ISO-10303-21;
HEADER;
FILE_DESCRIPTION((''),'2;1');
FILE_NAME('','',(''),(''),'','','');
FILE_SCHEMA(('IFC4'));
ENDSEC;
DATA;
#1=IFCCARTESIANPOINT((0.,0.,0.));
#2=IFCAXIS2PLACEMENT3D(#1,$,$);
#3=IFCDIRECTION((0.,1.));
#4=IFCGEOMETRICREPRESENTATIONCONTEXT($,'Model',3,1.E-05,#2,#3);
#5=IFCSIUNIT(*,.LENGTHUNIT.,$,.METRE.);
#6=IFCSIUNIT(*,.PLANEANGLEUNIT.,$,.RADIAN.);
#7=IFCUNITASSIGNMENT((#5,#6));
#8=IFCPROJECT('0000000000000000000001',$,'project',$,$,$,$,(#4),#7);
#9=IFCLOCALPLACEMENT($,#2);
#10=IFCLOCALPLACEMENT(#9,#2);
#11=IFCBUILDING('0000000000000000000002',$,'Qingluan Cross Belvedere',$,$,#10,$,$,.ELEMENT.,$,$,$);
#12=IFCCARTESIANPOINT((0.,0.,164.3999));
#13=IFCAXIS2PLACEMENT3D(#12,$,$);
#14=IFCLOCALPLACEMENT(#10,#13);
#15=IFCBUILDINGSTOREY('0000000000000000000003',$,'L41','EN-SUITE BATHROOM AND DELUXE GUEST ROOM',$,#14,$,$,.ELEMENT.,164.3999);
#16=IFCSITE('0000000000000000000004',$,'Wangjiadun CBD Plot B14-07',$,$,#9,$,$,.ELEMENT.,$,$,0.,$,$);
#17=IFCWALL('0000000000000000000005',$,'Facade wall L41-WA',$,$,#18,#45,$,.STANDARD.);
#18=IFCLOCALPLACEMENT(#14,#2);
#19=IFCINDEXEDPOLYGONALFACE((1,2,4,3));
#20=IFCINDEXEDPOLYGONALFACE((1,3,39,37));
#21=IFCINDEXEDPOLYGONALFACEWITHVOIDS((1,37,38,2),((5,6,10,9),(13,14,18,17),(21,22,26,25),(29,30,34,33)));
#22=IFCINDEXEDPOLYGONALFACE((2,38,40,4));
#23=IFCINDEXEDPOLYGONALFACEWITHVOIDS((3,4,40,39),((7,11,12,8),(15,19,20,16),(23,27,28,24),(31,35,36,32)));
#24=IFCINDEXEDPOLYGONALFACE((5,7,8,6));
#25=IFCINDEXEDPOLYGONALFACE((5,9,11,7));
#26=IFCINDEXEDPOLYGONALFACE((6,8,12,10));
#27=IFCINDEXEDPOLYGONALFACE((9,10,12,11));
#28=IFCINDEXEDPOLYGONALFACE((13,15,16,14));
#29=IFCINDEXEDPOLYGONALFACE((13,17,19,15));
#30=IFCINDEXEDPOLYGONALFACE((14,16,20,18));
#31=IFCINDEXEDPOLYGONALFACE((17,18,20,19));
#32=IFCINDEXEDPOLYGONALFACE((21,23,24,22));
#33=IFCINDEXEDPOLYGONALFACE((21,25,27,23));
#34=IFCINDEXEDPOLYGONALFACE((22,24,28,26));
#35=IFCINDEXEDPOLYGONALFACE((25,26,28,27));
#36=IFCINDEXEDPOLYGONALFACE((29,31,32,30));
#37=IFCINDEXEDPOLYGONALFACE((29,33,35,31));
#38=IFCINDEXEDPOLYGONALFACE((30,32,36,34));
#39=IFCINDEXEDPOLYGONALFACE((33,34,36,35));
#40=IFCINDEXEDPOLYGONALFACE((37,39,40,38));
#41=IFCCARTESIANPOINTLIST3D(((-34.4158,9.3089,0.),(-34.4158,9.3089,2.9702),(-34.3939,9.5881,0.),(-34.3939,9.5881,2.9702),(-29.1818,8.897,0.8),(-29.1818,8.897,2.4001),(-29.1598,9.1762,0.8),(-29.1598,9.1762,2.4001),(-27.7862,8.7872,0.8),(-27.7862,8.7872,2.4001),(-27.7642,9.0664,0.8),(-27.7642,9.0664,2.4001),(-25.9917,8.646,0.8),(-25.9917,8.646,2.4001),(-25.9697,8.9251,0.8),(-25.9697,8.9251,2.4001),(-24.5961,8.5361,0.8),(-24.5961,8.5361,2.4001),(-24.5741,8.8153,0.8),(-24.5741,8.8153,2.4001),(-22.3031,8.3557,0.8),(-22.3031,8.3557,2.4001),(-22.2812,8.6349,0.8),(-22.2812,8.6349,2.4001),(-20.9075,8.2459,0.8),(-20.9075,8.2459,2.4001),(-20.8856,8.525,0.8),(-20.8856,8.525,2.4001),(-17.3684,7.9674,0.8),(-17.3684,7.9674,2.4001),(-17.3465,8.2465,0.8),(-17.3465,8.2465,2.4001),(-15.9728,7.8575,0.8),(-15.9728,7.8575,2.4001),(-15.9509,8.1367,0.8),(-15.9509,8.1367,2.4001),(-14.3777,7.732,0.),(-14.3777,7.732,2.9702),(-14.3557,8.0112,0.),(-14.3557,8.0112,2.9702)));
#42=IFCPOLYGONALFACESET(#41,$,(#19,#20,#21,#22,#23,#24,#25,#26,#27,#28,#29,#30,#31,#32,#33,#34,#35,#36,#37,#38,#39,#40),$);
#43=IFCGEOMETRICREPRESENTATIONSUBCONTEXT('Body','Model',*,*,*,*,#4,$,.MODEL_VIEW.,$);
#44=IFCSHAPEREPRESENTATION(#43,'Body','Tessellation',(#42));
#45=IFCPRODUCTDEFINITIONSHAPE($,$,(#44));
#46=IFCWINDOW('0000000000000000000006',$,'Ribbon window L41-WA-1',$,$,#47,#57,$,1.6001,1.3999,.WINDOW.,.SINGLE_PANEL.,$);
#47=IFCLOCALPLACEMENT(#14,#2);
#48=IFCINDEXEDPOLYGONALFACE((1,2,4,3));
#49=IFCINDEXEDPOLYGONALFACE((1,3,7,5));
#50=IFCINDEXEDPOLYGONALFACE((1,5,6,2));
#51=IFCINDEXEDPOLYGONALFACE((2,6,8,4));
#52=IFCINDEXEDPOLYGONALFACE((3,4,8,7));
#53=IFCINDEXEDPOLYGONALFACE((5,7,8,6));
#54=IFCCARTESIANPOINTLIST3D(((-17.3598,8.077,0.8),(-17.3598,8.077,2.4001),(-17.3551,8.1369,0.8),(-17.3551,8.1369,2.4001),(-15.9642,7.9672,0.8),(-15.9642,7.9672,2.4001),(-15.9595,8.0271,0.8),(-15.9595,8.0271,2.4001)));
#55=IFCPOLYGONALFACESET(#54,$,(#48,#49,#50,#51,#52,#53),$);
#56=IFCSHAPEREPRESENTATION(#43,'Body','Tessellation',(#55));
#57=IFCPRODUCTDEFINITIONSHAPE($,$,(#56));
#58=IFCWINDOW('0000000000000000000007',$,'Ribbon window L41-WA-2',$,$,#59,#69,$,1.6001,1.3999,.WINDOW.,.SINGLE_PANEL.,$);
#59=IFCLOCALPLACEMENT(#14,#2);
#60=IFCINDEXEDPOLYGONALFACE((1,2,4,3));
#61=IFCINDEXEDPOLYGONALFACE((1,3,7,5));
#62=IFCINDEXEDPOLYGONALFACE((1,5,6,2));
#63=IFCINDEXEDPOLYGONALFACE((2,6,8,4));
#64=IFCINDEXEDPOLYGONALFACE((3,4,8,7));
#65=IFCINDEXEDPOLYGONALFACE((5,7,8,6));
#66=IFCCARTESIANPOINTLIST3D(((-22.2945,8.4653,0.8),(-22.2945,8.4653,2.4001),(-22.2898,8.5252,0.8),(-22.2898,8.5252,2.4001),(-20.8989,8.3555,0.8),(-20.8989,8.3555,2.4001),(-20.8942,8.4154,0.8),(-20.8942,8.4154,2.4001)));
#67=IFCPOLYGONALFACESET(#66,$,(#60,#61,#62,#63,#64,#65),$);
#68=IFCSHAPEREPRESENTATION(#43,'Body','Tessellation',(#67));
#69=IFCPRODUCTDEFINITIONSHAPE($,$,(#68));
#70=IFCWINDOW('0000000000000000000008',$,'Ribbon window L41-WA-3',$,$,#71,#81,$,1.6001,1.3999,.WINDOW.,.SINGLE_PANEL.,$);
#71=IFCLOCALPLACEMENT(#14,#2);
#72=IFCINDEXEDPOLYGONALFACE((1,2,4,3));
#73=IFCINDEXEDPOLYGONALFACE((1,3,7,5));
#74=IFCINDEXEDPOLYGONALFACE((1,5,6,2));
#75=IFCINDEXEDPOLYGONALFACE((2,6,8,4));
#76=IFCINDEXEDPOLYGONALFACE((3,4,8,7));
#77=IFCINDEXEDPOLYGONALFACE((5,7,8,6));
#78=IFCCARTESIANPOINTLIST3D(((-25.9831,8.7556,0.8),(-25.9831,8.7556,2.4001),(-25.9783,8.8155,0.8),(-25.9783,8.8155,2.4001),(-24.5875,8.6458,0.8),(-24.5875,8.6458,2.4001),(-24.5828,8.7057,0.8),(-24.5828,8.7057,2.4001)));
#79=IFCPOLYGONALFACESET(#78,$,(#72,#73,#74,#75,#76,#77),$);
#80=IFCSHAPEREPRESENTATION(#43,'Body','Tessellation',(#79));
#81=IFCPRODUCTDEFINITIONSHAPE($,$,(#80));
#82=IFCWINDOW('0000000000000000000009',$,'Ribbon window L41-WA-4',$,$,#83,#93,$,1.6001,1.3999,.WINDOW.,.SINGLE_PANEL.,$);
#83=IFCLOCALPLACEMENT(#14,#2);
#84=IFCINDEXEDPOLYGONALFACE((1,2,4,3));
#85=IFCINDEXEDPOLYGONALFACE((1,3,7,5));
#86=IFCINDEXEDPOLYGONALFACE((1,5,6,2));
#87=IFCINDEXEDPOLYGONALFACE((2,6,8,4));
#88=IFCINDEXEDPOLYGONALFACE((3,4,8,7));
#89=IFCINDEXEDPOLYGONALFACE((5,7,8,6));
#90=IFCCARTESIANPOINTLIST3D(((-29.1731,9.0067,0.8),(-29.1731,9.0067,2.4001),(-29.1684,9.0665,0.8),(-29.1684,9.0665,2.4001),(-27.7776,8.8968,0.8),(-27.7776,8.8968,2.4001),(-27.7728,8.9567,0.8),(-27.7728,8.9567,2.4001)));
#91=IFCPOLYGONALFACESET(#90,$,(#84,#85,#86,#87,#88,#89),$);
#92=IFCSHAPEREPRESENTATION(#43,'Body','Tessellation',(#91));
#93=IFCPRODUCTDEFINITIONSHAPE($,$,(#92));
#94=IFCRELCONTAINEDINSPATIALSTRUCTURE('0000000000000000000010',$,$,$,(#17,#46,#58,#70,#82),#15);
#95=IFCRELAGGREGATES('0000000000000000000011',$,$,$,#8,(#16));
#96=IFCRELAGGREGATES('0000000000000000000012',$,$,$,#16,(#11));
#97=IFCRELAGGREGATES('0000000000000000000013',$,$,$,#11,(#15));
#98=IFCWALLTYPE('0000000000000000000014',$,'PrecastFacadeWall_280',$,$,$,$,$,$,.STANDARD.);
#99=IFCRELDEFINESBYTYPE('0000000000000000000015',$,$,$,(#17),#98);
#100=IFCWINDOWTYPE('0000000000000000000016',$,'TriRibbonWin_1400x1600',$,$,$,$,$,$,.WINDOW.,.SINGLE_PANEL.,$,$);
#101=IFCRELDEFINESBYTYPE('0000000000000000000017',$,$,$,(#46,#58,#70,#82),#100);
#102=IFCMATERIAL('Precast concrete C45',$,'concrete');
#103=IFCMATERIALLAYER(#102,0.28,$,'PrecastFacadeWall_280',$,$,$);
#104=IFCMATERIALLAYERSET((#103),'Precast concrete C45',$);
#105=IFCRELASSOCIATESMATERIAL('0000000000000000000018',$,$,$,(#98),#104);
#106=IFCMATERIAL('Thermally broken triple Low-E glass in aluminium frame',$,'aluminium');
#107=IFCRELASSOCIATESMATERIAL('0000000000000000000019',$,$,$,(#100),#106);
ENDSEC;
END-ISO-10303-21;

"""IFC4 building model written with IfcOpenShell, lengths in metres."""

from ifc_helpers import new_model, si_unit, direction, frame, frame_2d, origin, place, context, subcontext, project, spatial, rectangle, extrude, material, layer, layer_set, type_object, element, fill, save


model = new_model("IFC4")

# Units and contexts
model_context = context("Model", 3, precision=1e-05, world=origin(), true_north=direction((0.0, 1.0)))
body_context = subcontext(model_context, "Body", "Model", "MODEL_VIEW")
ifc_project = project(units=[si_unit("LENGTHUNIT", "METRE"), si_unit("PLANEANGLEUNIT", "RADIAN")], contexts=[model_context])

# Site, building, storey
site_placement = place(None, origin())
site = spatial("IfcSite", under=ifc_project, at=site_placement, Name="Wangjiadun CBD Plot B14-07", CompositionType="ELEMENT", RefElevation=0.0)
building_placement = place(site_placement, origin())
building = spatial("IfcBuilding", under=site, at=building_placement, Name="Qingluan Cross Belvedere", CompositionType="ELEMENT")
storey_placement = place(building_placement, frame((0.0, 0.0, 164.3999)))
storey = spatial("IfcBuildingStorey", under=building, at=storey_placement, Name="L41", Description="EN-SUITE BATHROOM AND DELUXE GUEST ROOM", CompositionType="ELEMENT", Elevation=164.3999)

# Wall, openings, windows
ifc_material_1 = material(Name="Precast concrete C45", Category="concrete")
ifc_layer_1 = layer(ifc_material_1, 0.28, Name="PrecastFacadeWall_280")
ifc_layer_set_1 = layer_set([ifc_layer_1], Name="Precast concrete C45")
wall_type_1 = type_object("IfcWallType", Name="PrecastFacadeWall_280", PredefinedType="STANDARD", material=ifc_layer_set_1)
wall_1_placement = place(storey_placement, frame((-14.3667, 7.8716, 0.0), z_axis=(0.0, 0.0, 1.0), x_axis=(-0.996918, 0.078453, 0.0)))
wall_1 = element("IfcWall", 1, at=wall_1_placement, inside=storey, type_object=wall_type_1, Name="Facade wall L41-WA", PredefinedType="STANDARD", context=body_context, shape_type="SweptSolid", body=[
    extrude(rectangle(XDim=20.1001, YDim=0.28, at=frame_2d((10.05, 0.0))), origin(), (0.0, 0.0, 1.0), 2.9702),
])
opening_1_placement = place(wall_1_placement, frame((1.6001, 0.0, 0.8)))
opening_1 = element("IfcOpeningElement", 2, at=opening_1_placement, cuts=wall_1, PredefinedType="OPENING", context=body_context, shape_type="SweptSolid", body=[
    extrude(rectangle(XDim=1.3999, YDim=1.6001, at=frame_2d((0.7, 0.8))), frame((0.0, 0.1499, 0.0), z_axis=(0.0, -1.0, 0.0), x_axis=(1.0, 0.0, 0.0)), (0.0, 0.0, 1.0), 0.3),
])
opening_2_placement = place(wall_1_placement, frame((6.55, 0.0, 0.8)))
opening_2 = element("IfcOpeningElement", 3, at=opening_2_placement, cuts=wall_1, PredefinedType="OPENING", context=body_context, shape_type="SweptSolid", body=[
    extrude(rectangle(XDim=1.3999, YDim=1.6001, at=frame_2d((0.7, 0.8))), frame((0.0, 0.1499, 0.0), z_axis=(0.0, -1.0, 0.0), x_axis=(1.0, 0.0, 0.0)), (0.0, 0.0, 1.0), 0.3),
])
opening_3_placement = place(wall_1_placement, frame((10.25, 0.0, 0.8)))
opening_3 = element("IfcOpeningElement", 4, at=opening_3_placement, cuts=wall_1, PredefinedType="OPENING", context=body_context, shape_type="SweptSolid", body=[
    extrude(rectangle(XDim=1.3999, YDim=1.6001, at=frame_2d((0.7, 0.8))), frame((0.0, 0.1499, 0.0), z_axis=(0.0, -1.0, 0.0), x_axis=(1.0, 0.0, 0.0)), (0.0, 0.0, 1.0), 0.3),
])
opening_4_placement = place(wall_1_placement, frame((13.45, 0.0, 0.8)))
opening_4 = element("IfcOpeningElement", 5, at=opening_4_placement, cuts=wall_1, PredefinedType="OPENING", context=body_context, shape_type="SweptSolid", body=[
    extrude(rectangle(XDim=1.3999, YDim=1.6001, at=frame_2d((0.7, 0.8))), frame((0.0, 0.1499, 0.0), z_axis=(0.0, -1.0, 0.0), x_axis=(1.0, 0.0, 0.0)), (0.0, 0.0, 1.0), 0.3),
])
ifc_material_2 = material(Name="Thermally broken triple Low-E glass in aluminium frame", Category="aluminium")
window_type = type_object("IfcWindowType", Name="TriRibbonWin_1400x1600", PartitioningType="SINGLE_PANEL", PredefinedType="WINDOW", material=ifc_material_2)
window_1_placement = place(opening_1_placement, origin())
window_1 = element("IfcWindow", 6, at=window_1_placement, inside=storey, type_object=window_type, Name="Ribbon window L41-WA-1", OverallHeight=1.6001, OverallWidth=1.3999, PartitioningType="SINGLE_PANEL", PredefinedType="WINDOW", context=body_context, shape_type="SweptSolid", body=[
    extrude(rectangle(XDim=1.3999, YDim=1.6001, at=frame_2d((0.7, 0.8))), frame((0.0, 0.03, 0.0), z_axis=(0.0, -1.0, 0.0), x_axis=(1.0, 0.0, 0.0)), (0.0, 0.0, 1.0), 0.0601),
])
fill(opening_1, window_1)
window_2_placement = place(opening_2_placement, origin())
window_2 = element("IfcWindow", 7, at=window_2_placement, inside=storey, type_object=window_type, Name="Ribbon window L41-WA-2", OverallHeight=1.6001, OverallWidth=1.3999, PartitioningType="SINGLE_PANEL", PredefinedType="WINDOW", context=body_context, shape_type="SweptSolid", body=[
    extrude(rectangle(XDim=1.3999, YDim=1.6001, at=frame_2d((0.7, 0.8))), frame((0.0, 0.03, 0.0), z_axis=(0.0, -1.0, 0.0), x_axis=(1.0, 0.0, 0.0)), (0.0, 0.0, 1.0), 0.0601),
])
fill(opening_2, window_2)
window_3_placement = place(opening_3_placement, origin())
window_3 = element("IfcWindow", 8, at=window_3_placement, inside=storey, type_object=window_type, Name="Ribbon window L41-WA-3", OverallHeight=1.6001, OverallWidth=1.3999, PartitioningType="SINGLE_PANEL", PredefinedType="WINDOW", context=body_context, shape_type="SweptSolid", body=[
    extrude(rectangle(XDim=1.3999, YDim=1.6001, at=frame_2d((0.7, 0.8))), frame((0.0, 0.03, 0.0), z_axis=(0.0, -1.0, 0.0), x_axis=(1.0, 0.0, 0.0)), (0.0, 0.0, 1.0), 0.0601),
])
fill(opening_3, window_3)
window_4_placement = place(opening_4_placement, origin())
window_4 = element("IfcWindow", 9, at=window_4_placement, inside=storey, type_object=window_type, Name="Ribbon window L41-WA-4", OverallHeight=1.6001, OverallWidth=1.3999, PartitioningType="SINGLE_PANEL", PredefinedType="WINDOW", context=body_context, shape_type="SweptSolid", body=[
    extrude(rectangle(XDim=1.3999, YDim=1.6001, at=frame_2d((0.7, 0.8))), frame((0.0, 0.03, 0.0), z_axis=(0.0, -1.0, 0.0), x_axis=(1.0, 0.0, 0.0)), (0.0, 0.0, 1.0), 0.0601),
])
fill(opening_4, window_4)

save(model, "model.ifc")
